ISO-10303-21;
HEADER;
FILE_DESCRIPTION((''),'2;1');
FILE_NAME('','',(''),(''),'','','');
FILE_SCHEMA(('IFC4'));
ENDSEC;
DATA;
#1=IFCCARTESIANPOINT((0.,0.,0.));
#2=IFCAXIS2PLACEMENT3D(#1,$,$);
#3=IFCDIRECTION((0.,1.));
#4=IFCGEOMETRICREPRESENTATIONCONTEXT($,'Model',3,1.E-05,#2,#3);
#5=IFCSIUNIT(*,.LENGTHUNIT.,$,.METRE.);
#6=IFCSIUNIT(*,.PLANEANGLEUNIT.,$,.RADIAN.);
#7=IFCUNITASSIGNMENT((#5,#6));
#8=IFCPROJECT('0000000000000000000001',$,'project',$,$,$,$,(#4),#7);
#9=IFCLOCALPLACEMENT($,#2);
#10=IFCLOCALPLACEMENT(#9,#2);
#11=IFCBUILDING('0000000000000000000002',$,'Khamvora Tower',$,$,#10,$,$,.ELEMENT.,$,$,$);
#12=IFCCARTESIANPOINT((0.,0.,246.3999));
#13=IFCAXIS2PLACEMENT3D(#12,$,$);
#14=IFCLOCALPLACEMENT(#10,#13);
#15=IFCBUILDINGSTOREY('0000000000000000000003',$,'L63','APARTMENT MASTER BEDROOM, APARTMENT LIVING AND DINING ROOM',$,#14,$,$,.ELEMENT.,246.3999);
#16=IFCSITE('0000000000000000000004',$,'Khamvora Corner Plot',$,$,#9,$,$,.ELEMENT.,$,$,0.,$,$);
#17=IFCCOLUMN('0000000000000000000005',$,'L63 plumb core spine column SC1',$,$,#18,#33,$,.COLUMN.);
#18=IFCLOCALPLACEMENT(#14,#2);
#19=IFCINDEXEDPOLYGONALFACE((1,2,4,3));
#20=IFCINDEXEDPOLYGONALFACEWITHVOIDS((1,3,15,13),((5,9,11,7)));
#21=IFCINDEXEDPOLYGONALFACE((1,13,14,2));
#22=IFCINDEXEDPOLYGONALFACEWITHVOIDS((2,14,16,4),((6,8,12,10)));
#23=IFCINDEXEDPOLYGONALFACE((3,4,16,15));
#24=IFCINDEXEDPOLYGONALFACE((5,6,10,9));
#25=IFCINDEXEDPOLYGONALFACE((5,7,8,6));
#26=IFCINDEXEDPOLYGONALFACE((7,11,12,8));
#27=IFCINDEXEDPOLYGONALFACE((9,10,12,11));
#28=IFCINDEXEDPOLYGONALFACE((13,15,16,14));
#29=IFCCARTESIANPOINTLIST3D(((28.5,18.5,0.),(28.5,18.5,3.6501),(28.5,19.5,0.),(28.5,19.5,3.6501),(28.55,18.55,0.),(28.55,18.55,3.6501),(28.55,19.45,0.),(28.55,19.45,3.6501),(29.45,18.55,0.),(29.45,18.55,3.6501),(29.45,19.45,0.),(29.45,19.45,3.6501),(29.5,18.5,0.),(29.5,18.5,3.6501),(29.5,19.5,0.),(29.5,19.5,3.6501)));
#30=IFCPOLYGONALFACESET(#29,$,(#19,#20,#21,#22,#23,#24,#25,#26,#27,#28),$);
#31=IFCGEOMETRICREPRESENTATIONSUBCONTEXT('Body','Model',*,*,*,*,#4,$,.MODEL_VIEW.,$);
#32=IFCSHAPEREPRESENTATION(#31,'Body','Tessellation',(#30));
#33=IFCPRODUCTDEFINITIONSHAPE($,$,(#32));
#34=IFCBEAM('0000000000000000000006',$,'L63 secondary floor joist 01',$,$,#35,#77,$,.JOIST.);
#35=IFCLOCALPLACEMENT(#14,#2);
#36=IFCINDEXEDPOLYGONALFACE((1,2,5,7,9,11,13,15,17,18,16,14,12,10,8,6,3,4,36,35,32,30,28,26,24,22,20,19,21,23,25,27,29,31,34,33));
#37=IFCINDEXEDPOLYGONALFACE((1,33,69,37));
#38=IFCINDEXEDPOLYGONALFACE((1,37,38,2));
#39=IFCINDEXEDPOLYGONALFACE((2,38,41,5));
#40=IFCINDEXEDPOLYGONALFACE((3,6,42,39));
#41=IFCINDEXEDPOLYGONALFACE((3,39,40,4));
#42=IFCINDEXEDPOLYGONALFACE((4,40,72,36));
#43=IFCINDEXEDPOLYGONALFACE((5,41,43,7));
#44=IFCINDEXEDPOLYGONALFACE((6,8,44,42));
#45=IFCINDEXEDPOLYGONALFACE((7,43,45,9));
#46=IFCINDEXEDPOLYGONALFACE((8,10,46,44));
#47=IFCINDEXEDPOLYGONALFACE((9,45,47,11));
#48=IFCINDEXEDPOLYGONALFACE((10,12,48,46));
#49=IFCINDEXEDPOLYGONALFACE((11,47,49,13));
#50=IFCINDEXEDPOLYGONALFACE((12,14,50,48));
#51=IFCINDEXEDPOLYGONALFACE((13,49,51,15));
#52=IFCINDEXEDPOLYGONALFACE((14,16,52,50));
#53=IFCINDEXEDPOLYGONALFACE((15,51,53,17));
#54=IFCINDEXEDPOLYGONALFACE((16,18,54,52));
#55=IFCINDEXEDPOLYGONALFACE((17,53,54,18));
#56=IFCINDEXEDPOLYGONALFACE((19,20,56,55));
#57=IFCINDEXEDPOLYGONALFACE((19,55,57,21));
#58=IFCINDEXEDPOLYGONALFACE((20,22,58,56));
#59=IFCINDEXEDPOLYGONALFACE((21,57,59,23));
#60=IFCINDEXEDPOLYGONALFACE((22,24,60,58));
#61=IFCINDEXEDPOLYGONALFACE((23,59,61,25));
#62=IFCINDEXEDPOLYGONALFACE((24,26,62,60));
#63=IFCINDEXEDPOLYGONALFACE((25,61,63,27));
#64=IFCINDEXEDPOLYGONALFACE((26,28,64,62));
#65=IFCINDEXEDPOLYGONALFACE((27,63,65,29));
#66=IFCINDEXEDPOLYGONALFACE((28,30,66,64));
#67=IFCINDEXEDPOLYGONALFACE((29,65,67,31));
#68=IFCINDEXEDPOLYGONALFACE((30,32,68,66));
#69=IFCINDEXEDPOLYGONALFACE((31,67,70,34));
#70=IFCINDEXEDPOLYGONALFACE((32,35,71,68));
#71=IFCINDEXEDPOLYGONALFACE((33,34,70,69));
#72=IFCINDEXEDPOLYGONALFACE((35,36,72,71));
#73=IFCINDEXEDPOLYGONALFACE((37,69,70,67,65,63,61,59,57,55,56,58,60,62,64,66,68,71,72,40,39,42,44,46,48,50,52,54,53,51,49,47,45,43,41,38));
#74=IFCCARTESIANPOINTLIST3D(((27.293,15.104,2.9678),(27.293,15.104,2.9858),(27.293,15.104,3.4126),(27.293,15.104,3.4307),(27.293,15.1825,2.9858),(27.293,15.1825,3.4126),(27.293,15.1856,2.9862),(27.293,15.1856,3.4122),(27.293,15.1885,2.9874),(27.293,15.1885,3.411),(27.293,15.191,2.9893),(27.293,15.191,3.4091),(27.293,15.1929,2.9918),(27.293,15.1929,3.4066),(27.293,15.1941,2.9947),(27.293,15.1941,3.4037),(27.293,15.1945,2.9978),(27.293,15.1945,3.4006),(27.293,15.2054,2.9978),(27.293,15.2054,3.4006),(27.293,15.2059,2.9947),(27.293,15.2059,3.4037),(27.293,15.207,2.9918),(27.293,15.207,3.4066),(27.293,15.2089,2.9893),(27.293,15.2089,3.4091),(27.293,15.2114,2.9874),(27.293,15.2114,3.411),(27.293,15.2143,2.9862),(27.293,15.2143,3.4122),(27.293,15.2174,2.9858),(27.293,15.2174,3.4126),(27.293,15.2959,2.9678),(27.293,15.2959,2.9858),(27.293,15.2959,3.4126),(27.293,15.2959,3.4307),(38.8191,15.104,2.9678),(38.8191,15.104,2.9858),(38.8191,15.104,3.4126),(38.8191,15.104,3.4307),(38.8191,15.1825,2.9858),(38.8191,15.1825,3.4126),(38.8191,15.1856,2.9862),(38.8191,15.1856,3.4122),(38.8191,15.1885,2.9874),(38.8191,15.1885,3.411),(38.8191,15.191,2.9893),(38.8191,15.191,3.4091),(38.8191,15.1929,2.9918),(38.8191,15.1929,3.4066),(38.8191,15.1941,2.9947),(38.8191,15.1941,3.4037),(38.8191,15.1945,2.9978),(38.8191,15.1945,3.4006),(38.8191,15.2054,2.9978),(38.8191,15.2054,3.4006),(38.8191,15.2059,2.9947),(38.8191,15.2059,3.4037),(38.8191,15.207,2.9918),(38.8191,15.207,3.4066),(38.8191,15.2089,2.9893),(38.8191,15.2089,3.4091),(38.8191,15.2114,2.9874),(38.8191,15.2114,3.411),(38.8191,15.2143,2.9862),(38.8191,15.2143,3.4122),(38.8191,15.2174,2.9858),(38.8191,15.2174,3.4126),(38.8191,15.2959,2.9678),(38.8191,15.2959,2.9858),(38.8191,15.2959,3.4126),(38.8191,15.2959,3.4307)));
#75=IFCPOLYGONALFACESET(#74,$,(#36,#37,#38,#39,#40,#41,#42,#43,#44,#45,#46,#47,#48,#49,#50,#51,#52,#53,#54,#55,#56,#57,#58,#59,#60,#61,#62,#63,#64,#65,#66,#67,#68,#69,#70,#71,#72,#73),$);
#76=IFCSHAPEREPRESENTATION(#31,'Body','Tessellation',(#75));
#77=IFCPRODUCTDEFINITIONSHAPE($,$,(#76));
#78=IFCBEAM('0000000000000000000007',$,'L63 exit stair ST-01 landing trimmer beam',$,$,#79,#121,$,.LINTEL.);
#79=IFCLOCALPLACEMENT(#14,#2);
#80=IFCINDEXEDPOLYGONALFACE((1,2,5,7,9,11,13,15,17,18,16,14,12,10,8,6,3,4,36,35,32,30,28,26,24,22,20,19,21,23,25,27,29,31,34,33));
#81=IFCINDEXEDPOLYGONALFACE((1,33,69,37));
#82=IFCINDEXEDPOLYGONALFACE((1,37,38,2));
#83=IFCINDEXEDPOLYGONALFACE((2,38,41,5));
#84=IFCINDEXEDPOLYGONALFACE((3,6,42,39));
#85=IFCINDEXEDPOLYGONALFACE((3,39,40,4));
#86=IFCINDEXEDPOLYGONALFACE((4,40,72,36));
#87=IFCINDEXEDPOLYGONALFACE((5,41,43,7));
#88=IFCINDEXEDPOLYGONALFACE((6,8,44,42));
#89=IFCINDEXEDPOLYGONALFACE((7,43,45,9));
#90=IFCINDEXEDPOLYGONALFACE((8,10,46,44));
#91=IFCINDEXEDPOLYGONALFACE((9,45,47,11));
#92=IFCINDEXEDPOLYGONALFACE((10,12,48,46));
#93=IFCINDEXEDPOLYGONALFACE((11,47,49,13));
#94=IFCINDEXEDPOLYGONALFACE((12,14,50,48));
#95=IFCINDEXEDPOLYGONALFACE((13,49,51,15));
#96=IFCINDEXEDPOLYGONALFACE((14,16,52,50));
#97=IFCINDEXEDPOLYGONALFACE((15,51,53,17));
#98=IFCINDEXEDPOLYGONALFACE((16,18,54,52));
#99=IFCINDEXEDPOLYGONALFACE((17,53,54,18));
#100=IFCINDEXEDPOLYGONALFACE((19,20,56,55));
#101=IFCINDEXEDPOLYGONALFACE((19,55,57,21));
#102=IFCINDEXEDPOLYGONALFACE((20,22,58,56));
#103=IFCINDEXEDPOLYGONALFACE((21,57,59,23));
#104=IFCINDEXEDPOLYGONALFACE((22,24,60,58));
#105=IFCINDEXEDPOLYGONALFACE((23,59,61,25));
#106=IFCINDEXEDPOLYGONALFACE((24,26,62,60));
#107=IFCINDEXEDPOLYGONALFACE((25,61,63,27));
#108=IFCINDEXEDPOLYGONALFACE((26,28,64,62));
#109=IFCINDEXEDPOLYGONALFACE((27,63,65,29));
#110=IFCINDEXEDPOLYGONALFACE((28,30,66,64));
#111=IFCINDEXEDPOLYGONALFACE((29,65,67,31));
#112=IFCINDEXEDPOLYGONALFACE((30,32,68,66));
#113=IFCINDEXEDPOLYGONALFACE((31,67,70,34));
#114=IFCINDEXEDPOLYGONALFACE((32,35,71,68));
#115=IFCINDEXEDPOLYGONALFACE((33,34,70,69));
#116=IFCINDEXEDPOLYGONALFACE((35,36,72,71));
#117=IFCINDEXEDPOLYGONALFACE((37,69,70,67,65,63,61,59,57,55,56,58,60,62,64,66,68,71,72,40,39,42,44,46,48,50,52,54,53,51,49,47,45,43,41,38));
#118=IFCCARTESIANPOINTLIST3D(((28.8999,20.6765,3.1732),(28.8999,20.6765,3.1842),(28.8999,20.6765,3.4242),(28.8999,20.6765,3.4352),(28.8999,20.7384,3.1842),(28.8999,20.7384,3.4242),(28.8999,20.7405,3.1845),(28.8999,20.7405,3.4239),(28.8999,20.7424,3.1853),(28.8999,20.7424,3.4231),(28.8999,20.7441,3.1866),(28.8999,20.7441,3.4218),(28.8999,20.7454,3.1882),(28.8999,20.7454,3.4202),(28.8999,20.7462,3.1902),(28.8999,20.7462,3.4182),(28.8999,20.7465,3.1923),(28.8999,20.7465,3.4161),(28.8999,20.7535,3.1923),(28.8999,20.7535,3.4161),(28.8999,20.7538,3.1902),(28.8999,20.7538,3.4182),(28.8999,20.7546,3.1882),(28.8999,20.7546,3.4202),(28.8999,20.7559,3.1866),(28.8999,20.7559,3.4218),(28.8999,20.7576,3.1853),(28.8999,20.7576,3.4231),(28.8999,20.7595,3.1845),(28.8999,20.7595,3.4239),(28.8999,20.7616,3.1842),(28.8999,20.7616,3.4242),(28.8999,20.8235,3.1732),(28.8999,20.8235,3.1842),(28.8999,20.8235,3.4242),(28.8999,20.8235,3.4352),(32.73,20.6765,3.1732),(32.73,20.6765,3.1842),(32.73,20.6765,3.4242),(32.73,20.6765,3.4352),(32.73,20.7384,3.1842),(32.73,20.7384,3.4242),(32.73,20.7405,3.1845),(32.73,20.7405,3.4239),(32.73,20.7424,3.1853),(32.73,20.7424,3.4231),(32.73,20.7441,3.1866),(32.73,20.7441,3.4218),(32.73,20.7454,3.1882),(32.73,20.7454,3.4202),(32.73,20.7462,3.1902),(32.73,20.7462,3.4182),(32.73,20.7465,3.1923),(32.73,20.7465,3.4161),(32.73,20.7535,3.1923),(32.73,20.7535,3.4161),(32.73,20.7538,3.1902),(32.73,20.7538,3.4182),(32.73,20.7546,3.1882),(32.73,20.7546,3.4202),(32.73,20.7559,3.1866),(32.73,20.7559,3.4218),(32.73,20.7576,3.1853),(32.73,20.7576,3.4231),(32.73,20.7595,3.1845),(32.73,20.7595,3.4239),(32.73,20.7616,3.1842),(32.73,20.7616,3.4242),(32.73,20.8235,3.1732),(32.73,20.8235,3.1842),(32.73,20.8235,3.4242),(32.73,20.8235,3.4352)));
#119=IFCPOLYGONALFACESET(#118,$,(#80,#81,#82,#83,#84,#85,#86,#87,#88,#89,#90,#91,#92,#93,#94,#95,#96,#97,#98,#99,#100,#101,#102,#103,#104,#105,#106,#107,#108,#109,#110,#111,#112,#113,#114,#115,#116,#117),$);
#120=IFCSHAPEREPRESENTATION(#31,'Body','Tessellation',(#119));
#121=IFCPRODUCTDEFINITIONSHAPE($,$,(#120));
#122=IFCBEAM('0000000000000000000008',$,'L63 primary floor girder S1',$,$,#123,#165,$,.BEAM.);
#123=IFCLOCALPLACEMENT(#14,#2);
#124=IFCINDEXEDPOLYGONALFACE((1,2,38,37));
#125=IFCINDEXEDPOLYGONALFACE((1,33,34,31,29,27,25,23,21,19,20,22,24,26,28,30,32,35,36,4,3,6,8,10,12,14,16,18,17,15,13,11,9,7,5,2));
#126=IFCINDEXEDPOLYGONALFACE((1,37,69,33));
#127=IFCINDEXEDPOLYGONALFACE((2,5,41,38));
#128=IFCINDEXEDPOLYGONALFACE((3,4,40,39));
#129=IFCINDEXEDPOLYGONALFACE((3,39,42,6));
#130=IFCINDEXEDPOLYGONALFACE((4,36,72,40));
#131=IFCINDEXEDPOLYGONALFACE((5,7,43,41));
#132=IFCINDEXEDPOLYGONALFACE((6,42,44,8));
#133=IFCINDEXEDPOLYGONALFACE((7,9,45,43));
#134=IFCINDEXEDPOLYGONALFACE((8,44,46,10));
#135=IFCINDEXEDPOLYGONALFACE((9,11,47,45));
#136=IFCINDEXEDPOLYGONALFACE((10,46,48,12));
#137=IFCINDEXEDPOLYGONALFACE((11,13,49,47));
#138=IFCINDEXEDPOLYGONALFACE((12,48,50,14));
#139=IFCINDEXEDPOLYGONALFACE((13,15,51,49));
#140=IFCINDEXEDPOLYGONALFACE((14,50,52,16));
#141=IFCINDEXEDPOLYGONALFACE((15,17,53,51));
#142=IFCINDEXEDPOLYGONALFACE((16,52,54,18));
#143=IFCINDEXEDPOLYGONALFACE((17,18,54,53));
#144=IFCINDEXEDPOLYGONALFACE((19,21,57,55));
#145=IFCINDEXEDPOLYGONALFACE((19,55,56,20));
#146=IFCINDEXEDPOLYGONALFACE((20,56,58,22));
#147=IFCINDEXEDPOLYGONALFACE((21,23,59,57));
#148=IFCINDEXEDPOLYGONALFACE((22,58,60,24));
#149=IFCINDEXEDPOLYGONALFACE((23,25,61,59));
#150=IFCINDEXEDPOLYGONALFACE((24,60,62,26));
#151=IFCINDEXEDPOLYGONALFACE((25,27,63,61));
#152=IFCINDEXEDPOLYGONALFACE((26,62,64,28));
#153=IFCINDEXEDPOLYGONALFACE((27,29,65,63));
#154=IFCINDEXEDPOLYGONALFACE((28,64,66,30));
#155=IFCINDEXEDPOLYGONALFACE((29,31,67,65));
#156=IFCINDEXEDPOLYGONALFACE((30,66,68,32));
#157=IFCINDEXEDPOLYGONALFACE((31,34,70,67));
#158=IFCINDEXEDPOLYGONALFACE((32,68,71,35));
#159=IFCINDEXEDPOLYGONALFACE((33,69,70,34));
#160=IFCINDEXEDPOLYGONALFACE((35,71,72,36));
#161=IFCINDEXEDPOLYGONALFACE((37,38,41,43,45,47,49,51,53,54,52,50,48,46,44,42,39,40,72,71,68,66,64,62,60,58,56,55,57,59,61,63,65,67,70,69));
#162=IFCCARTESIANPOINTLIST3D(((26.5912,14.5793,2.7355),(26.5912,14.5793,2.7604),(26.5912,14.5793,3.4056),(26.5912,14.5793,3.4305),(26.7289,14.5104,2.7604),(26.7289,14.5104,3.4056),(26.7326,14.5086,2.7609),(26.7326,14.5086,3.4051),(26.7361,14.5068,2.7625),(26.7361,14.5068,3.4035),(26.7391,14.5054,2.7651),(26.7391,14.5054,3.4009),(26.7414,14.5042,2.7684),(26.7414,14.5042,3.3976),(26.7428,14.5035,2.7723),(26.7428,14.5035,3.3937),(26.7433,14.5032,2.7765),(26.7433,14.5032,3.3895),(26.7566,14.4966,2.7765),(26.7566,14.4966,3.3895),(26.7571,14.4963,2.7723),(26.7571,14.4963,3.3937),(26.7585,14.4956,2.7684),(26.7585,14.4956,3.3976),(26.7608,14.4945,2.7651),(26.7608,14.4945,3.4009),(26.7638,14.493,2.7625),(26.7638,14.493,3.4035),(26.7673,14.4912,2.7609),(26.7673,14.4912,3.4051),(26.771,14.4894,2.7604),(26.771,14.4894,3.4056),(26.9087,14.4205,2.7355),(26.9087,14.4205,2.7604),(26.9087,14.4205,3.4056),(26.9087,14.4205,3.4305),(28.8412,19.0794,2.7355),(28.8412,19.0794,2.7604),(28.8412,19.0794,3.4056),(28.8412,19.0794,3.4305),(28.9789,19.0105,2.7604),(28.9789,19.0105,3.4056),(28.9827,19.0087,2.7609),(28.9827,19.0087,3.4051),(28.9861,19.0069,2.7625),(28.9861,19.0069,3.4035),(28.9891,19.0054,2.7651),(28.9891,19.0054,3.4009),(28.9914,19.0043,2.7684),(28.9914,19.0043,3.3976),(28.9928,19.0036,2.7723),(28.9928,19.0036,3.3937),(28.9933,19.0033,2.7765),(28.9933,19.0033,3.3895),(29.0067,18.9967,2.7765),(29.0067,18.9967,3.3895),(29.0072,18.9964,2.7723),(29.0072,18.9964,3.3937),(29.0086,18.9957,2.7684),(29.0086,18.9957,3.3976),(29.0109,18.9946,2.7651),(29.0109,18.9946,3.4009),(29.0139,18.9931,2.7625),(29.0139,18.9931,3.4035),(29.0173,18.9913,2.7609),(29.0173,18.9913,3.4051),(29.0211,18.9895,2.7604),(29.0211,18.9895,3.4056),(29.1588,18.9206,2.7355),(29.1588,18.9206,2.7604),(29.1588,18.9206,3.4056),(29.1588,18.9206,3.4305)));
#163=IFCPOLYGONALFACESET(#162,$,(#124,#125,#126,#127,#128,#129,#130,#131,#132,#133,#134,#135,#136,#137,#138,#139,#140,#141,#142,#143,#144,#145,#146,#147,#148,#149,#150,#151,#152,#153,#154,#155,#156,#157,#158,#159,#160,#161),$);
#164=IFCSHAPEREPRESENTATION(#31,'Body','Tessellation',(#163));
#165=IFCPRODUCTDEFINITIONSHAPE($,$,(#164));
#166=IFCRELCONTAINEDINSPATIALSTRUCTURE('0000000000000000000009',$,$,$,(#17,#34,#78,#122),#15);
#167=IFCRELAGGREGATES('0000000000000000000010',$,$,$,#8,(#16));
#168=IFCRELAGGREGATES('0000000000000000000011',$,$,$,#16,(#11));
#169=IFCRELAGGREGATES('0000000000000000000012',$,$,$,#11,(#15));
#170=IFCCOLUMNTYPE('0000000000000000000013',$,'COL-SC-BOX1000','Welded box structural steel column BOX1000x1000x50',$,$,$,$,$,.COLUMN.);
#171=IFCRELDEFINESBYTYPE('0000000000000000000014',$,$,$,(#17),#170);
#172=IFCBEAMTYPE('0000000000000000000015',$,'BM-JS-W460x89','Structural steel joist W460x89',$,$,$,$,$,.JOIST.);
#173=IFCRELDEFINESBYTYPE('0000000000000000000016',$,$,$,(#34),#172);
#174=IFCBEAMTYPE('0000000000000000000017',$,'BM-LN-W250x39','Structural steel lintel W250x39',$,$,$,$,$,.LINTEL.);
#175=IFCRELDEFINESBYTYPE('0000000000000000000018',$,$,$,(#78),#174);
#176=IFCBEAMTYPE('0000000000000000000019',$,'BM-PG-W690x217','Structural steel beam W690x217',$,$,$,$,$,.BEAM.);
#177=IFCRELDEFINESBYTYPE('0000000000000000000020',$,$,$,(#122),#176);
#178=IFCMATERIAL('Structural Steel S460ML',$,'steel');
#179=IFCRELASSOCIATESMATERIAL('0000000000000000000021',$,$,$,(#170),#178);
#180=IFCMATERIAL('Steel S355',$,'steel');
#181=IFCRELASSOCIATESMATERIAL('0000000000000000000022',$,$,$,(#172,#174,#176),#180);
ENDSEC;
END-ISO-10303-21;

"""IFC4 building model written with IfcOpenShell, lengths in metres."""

from ifc_helpers import new_model, si_unit, direction, frame, origin, origin_2d, place, context, subcontext, project, spatial, hollow_rectangle, i_section, extrude, material, material_profile, profile_set, type_object, element, save


model = new_model("IFC4")

# Units and contexts
model_context = context("Model", 3, precision=1e-05, world=origin(), true_north=direction((0.0, 1.0)))
body_context = subcontext(model_context, "Body", "Model", "MODEL_VIEW")
ifc_project = project(units=[si_unit("LENGTHUNIT", "METRE"), si_unit("PLANEANGLEUNIT", "RADIAN")], contexts=[model_context])

# Site, building, storey
site_placement = place(None, origin())
site = spatial("IfcSite", under=ifc_project, at=site_placement, Name="Khamvora Corner Plot", CompositionType="ELEMENT", RefElevation=0.0)
building_placement = place(site_placement, origin())
building = spatial("IfcBuilding", under=site, at=building_placement, Name="Khamvora Tower", CompositionType="ELEMENT")
storey_placement = place(building_placement, frame((0.0, 0.0, 246.3999)))
storey = spatial("IfcBuildingStorey", under=building, at=storey_placement, Name="L63", Description="APARTMENT MASTER BEDROOM, APARTMENT LIVING AND DINING ROOM", CompositionType="ELEMENT", Elevation=246.3999)

# Column
ifc_material_1 = material(Name="Structural Steel S460ML", Category="steel")
ifc_material_profile_1 = material_profile(ifc_material_1, hollow_rectangle(XDim=1.0, YDim=1.0, WallThickness=0.05, at=origin_2d()), Name="BOX1000x1000x50")
ifc_profile_set_1 = profile_set([ifc_material_profile_1], Name="Structural Steel S460ML")
column_type = type_object("IfcColumnType", Name="COL-SC-BOX1000", Description="Welded box structural steel column BOX1000x1000x50", PredefinedType="COLUMN", material=ifc_profile_set_1)
column_placement = place(storey_placement, frame((29.0, 19.0, 0.0), z_axis=(0.0, 0.0, 1.0), x_axis=(1.0, 0.0, 0.0)))
element("IfcColumn", 1, at=column_placement, inside=storey, type_object=column_type, Name="L63 plumb core spine column SC1", PredefinedType="COLUMN", context=body_context, shape_type="SweptSolid", body=[
    extrude(hollow_rectangle(XDim=1.0, YDim=1.0, WallThickness=0.05, at=origin_2d()), origin(), (0.0, 0.0, 1.0), 3.6501),
])

# Beams
ifc_material_2 = material(Name="Steel S355", Category="steel")
ifc_material_profile_2 = material_profile(ifc_material_2, i_section(OverallWidth=0.1919, OverallDepth=0.4629, WebThickness=0.011, FlangeThickness=0.0181, FilletRadius=0.012, at=origin_2d()), Name="W460x89")
ifc_profile_set_2 = profile_set([ifc_material_profile_2], Name="Steel S355")
beam_type_1 = type_object("IfcBeamType", Name="BM-JS-W460x89", Description="Structural steel joist W460x89", PredefinedType="JOIST", material=ifc_profile_set_2)
beam_1_placement = place(storey_placement, frame((27.293, 15.2, 3.1992), z_axis=(1.0, 0.0, 0.0), x_axis=(0.0, 1.0, 0.0)))
element("IfcBeam", 2, at=beam_1_placement, inside=storey, type_object=beam_type_1, Name="L63 secondary floor joist 01", PredefinedType="JOIST", context=body_context, shape_type="SweptSolid", body=[
    extrude(i_section(OverallWidth=0.1919, OverallDepth=0.4629, WebThickness=0.011, FlangeThickness=0.0181, FilletRadius=0.012, at=origin_2d()), origin(), (0.0, 0.0, 1.0), 11.5261),
])
ifc_material_profile_3 = material_profile(ifc_material_2, i_section(OverallWidth=0.147, OverallDepth=0.262, WebThickness=0.0071, FlangeThickness=0.011, FilletRadius=0.0081, at=origin_2d()), Name="W250x39")
ifc_profile_set_3 = profile_set([ifc_material_profile_3], Name="Steel S355")
beam_type_2 = type_object("IfcBeamType", Name="BM-LN-W250x39", Description="Structural steel lintel W250x39", PredefinedType="LINTEL", material=ifc_profile_set_3)
beam_2_placement = place(storey_placement, frame((28.8999, 20.75, 3.3042), z_axis=(1.0, 0.0, 0.0), x_axis=(0.0, 1.0, 0.0)))
element("IfcBeam", 3, at=beam_2_placement, inside=storey, type_object=beam_type_2, Name="L63 exit stair ST-01 landing trimmer beam", PredefinedType="LINTEL", context=body_context, shape_type="SweptSolid", body=[
    extrude(i_section(OverallWidth=0.147, OverallDepth=0.262, WebThickness=0.0071, FlangeThickness=0.011, FilletRadius=0.0081, at=origin_2d()), origin(), (0.0, 0.0, 1.0), 3.8301),
])
ifc_material_profile_4 = material_profile(ifc_material_2, i_section(OverallWidth=0.355, OverallDepth=0.6951, WebThickness=0.0149, FlangeThickness=0.0249, FilletRadius=0.0161, at=origin_2d()), Name="W690x217")
ifc_profile_set_4 = profile_set([ifc_material_profile_4], Name="Steel S355")
beam_type_3 = type_object("IfcBeamType", Name="BM-PG-W690x217", Description="Structural steel beam W690x217", PredefinedType="BEAM", material=ifc_profile_set_4)
beam_3_placement = place(storey_placement, frame((29.0, 19.0, 3.083), z_axis=(-0.447214, -0.894427, 0.0), x_axis=(0.894427, -0.447214, 0.0)))
element("IfcBeam", 4, at=beam_3_placement, inside=storey, type_object=beam_type_3, Name="L63 primary floor girder S1", PredefinedType="BEAM", context=body_context, shape_type="SweptSolid", body=[
    extrude(i_section(OverallWidth=0.355, OverallDepth=0.6951, WebThickness=0.0149, FlangeThickness=0.0249, FilletRadius=0.0161, at=origin_2d()), origin(), (0.0, 0.0, 1.0), 5.0312),
])

save(model, "model.ifc")
